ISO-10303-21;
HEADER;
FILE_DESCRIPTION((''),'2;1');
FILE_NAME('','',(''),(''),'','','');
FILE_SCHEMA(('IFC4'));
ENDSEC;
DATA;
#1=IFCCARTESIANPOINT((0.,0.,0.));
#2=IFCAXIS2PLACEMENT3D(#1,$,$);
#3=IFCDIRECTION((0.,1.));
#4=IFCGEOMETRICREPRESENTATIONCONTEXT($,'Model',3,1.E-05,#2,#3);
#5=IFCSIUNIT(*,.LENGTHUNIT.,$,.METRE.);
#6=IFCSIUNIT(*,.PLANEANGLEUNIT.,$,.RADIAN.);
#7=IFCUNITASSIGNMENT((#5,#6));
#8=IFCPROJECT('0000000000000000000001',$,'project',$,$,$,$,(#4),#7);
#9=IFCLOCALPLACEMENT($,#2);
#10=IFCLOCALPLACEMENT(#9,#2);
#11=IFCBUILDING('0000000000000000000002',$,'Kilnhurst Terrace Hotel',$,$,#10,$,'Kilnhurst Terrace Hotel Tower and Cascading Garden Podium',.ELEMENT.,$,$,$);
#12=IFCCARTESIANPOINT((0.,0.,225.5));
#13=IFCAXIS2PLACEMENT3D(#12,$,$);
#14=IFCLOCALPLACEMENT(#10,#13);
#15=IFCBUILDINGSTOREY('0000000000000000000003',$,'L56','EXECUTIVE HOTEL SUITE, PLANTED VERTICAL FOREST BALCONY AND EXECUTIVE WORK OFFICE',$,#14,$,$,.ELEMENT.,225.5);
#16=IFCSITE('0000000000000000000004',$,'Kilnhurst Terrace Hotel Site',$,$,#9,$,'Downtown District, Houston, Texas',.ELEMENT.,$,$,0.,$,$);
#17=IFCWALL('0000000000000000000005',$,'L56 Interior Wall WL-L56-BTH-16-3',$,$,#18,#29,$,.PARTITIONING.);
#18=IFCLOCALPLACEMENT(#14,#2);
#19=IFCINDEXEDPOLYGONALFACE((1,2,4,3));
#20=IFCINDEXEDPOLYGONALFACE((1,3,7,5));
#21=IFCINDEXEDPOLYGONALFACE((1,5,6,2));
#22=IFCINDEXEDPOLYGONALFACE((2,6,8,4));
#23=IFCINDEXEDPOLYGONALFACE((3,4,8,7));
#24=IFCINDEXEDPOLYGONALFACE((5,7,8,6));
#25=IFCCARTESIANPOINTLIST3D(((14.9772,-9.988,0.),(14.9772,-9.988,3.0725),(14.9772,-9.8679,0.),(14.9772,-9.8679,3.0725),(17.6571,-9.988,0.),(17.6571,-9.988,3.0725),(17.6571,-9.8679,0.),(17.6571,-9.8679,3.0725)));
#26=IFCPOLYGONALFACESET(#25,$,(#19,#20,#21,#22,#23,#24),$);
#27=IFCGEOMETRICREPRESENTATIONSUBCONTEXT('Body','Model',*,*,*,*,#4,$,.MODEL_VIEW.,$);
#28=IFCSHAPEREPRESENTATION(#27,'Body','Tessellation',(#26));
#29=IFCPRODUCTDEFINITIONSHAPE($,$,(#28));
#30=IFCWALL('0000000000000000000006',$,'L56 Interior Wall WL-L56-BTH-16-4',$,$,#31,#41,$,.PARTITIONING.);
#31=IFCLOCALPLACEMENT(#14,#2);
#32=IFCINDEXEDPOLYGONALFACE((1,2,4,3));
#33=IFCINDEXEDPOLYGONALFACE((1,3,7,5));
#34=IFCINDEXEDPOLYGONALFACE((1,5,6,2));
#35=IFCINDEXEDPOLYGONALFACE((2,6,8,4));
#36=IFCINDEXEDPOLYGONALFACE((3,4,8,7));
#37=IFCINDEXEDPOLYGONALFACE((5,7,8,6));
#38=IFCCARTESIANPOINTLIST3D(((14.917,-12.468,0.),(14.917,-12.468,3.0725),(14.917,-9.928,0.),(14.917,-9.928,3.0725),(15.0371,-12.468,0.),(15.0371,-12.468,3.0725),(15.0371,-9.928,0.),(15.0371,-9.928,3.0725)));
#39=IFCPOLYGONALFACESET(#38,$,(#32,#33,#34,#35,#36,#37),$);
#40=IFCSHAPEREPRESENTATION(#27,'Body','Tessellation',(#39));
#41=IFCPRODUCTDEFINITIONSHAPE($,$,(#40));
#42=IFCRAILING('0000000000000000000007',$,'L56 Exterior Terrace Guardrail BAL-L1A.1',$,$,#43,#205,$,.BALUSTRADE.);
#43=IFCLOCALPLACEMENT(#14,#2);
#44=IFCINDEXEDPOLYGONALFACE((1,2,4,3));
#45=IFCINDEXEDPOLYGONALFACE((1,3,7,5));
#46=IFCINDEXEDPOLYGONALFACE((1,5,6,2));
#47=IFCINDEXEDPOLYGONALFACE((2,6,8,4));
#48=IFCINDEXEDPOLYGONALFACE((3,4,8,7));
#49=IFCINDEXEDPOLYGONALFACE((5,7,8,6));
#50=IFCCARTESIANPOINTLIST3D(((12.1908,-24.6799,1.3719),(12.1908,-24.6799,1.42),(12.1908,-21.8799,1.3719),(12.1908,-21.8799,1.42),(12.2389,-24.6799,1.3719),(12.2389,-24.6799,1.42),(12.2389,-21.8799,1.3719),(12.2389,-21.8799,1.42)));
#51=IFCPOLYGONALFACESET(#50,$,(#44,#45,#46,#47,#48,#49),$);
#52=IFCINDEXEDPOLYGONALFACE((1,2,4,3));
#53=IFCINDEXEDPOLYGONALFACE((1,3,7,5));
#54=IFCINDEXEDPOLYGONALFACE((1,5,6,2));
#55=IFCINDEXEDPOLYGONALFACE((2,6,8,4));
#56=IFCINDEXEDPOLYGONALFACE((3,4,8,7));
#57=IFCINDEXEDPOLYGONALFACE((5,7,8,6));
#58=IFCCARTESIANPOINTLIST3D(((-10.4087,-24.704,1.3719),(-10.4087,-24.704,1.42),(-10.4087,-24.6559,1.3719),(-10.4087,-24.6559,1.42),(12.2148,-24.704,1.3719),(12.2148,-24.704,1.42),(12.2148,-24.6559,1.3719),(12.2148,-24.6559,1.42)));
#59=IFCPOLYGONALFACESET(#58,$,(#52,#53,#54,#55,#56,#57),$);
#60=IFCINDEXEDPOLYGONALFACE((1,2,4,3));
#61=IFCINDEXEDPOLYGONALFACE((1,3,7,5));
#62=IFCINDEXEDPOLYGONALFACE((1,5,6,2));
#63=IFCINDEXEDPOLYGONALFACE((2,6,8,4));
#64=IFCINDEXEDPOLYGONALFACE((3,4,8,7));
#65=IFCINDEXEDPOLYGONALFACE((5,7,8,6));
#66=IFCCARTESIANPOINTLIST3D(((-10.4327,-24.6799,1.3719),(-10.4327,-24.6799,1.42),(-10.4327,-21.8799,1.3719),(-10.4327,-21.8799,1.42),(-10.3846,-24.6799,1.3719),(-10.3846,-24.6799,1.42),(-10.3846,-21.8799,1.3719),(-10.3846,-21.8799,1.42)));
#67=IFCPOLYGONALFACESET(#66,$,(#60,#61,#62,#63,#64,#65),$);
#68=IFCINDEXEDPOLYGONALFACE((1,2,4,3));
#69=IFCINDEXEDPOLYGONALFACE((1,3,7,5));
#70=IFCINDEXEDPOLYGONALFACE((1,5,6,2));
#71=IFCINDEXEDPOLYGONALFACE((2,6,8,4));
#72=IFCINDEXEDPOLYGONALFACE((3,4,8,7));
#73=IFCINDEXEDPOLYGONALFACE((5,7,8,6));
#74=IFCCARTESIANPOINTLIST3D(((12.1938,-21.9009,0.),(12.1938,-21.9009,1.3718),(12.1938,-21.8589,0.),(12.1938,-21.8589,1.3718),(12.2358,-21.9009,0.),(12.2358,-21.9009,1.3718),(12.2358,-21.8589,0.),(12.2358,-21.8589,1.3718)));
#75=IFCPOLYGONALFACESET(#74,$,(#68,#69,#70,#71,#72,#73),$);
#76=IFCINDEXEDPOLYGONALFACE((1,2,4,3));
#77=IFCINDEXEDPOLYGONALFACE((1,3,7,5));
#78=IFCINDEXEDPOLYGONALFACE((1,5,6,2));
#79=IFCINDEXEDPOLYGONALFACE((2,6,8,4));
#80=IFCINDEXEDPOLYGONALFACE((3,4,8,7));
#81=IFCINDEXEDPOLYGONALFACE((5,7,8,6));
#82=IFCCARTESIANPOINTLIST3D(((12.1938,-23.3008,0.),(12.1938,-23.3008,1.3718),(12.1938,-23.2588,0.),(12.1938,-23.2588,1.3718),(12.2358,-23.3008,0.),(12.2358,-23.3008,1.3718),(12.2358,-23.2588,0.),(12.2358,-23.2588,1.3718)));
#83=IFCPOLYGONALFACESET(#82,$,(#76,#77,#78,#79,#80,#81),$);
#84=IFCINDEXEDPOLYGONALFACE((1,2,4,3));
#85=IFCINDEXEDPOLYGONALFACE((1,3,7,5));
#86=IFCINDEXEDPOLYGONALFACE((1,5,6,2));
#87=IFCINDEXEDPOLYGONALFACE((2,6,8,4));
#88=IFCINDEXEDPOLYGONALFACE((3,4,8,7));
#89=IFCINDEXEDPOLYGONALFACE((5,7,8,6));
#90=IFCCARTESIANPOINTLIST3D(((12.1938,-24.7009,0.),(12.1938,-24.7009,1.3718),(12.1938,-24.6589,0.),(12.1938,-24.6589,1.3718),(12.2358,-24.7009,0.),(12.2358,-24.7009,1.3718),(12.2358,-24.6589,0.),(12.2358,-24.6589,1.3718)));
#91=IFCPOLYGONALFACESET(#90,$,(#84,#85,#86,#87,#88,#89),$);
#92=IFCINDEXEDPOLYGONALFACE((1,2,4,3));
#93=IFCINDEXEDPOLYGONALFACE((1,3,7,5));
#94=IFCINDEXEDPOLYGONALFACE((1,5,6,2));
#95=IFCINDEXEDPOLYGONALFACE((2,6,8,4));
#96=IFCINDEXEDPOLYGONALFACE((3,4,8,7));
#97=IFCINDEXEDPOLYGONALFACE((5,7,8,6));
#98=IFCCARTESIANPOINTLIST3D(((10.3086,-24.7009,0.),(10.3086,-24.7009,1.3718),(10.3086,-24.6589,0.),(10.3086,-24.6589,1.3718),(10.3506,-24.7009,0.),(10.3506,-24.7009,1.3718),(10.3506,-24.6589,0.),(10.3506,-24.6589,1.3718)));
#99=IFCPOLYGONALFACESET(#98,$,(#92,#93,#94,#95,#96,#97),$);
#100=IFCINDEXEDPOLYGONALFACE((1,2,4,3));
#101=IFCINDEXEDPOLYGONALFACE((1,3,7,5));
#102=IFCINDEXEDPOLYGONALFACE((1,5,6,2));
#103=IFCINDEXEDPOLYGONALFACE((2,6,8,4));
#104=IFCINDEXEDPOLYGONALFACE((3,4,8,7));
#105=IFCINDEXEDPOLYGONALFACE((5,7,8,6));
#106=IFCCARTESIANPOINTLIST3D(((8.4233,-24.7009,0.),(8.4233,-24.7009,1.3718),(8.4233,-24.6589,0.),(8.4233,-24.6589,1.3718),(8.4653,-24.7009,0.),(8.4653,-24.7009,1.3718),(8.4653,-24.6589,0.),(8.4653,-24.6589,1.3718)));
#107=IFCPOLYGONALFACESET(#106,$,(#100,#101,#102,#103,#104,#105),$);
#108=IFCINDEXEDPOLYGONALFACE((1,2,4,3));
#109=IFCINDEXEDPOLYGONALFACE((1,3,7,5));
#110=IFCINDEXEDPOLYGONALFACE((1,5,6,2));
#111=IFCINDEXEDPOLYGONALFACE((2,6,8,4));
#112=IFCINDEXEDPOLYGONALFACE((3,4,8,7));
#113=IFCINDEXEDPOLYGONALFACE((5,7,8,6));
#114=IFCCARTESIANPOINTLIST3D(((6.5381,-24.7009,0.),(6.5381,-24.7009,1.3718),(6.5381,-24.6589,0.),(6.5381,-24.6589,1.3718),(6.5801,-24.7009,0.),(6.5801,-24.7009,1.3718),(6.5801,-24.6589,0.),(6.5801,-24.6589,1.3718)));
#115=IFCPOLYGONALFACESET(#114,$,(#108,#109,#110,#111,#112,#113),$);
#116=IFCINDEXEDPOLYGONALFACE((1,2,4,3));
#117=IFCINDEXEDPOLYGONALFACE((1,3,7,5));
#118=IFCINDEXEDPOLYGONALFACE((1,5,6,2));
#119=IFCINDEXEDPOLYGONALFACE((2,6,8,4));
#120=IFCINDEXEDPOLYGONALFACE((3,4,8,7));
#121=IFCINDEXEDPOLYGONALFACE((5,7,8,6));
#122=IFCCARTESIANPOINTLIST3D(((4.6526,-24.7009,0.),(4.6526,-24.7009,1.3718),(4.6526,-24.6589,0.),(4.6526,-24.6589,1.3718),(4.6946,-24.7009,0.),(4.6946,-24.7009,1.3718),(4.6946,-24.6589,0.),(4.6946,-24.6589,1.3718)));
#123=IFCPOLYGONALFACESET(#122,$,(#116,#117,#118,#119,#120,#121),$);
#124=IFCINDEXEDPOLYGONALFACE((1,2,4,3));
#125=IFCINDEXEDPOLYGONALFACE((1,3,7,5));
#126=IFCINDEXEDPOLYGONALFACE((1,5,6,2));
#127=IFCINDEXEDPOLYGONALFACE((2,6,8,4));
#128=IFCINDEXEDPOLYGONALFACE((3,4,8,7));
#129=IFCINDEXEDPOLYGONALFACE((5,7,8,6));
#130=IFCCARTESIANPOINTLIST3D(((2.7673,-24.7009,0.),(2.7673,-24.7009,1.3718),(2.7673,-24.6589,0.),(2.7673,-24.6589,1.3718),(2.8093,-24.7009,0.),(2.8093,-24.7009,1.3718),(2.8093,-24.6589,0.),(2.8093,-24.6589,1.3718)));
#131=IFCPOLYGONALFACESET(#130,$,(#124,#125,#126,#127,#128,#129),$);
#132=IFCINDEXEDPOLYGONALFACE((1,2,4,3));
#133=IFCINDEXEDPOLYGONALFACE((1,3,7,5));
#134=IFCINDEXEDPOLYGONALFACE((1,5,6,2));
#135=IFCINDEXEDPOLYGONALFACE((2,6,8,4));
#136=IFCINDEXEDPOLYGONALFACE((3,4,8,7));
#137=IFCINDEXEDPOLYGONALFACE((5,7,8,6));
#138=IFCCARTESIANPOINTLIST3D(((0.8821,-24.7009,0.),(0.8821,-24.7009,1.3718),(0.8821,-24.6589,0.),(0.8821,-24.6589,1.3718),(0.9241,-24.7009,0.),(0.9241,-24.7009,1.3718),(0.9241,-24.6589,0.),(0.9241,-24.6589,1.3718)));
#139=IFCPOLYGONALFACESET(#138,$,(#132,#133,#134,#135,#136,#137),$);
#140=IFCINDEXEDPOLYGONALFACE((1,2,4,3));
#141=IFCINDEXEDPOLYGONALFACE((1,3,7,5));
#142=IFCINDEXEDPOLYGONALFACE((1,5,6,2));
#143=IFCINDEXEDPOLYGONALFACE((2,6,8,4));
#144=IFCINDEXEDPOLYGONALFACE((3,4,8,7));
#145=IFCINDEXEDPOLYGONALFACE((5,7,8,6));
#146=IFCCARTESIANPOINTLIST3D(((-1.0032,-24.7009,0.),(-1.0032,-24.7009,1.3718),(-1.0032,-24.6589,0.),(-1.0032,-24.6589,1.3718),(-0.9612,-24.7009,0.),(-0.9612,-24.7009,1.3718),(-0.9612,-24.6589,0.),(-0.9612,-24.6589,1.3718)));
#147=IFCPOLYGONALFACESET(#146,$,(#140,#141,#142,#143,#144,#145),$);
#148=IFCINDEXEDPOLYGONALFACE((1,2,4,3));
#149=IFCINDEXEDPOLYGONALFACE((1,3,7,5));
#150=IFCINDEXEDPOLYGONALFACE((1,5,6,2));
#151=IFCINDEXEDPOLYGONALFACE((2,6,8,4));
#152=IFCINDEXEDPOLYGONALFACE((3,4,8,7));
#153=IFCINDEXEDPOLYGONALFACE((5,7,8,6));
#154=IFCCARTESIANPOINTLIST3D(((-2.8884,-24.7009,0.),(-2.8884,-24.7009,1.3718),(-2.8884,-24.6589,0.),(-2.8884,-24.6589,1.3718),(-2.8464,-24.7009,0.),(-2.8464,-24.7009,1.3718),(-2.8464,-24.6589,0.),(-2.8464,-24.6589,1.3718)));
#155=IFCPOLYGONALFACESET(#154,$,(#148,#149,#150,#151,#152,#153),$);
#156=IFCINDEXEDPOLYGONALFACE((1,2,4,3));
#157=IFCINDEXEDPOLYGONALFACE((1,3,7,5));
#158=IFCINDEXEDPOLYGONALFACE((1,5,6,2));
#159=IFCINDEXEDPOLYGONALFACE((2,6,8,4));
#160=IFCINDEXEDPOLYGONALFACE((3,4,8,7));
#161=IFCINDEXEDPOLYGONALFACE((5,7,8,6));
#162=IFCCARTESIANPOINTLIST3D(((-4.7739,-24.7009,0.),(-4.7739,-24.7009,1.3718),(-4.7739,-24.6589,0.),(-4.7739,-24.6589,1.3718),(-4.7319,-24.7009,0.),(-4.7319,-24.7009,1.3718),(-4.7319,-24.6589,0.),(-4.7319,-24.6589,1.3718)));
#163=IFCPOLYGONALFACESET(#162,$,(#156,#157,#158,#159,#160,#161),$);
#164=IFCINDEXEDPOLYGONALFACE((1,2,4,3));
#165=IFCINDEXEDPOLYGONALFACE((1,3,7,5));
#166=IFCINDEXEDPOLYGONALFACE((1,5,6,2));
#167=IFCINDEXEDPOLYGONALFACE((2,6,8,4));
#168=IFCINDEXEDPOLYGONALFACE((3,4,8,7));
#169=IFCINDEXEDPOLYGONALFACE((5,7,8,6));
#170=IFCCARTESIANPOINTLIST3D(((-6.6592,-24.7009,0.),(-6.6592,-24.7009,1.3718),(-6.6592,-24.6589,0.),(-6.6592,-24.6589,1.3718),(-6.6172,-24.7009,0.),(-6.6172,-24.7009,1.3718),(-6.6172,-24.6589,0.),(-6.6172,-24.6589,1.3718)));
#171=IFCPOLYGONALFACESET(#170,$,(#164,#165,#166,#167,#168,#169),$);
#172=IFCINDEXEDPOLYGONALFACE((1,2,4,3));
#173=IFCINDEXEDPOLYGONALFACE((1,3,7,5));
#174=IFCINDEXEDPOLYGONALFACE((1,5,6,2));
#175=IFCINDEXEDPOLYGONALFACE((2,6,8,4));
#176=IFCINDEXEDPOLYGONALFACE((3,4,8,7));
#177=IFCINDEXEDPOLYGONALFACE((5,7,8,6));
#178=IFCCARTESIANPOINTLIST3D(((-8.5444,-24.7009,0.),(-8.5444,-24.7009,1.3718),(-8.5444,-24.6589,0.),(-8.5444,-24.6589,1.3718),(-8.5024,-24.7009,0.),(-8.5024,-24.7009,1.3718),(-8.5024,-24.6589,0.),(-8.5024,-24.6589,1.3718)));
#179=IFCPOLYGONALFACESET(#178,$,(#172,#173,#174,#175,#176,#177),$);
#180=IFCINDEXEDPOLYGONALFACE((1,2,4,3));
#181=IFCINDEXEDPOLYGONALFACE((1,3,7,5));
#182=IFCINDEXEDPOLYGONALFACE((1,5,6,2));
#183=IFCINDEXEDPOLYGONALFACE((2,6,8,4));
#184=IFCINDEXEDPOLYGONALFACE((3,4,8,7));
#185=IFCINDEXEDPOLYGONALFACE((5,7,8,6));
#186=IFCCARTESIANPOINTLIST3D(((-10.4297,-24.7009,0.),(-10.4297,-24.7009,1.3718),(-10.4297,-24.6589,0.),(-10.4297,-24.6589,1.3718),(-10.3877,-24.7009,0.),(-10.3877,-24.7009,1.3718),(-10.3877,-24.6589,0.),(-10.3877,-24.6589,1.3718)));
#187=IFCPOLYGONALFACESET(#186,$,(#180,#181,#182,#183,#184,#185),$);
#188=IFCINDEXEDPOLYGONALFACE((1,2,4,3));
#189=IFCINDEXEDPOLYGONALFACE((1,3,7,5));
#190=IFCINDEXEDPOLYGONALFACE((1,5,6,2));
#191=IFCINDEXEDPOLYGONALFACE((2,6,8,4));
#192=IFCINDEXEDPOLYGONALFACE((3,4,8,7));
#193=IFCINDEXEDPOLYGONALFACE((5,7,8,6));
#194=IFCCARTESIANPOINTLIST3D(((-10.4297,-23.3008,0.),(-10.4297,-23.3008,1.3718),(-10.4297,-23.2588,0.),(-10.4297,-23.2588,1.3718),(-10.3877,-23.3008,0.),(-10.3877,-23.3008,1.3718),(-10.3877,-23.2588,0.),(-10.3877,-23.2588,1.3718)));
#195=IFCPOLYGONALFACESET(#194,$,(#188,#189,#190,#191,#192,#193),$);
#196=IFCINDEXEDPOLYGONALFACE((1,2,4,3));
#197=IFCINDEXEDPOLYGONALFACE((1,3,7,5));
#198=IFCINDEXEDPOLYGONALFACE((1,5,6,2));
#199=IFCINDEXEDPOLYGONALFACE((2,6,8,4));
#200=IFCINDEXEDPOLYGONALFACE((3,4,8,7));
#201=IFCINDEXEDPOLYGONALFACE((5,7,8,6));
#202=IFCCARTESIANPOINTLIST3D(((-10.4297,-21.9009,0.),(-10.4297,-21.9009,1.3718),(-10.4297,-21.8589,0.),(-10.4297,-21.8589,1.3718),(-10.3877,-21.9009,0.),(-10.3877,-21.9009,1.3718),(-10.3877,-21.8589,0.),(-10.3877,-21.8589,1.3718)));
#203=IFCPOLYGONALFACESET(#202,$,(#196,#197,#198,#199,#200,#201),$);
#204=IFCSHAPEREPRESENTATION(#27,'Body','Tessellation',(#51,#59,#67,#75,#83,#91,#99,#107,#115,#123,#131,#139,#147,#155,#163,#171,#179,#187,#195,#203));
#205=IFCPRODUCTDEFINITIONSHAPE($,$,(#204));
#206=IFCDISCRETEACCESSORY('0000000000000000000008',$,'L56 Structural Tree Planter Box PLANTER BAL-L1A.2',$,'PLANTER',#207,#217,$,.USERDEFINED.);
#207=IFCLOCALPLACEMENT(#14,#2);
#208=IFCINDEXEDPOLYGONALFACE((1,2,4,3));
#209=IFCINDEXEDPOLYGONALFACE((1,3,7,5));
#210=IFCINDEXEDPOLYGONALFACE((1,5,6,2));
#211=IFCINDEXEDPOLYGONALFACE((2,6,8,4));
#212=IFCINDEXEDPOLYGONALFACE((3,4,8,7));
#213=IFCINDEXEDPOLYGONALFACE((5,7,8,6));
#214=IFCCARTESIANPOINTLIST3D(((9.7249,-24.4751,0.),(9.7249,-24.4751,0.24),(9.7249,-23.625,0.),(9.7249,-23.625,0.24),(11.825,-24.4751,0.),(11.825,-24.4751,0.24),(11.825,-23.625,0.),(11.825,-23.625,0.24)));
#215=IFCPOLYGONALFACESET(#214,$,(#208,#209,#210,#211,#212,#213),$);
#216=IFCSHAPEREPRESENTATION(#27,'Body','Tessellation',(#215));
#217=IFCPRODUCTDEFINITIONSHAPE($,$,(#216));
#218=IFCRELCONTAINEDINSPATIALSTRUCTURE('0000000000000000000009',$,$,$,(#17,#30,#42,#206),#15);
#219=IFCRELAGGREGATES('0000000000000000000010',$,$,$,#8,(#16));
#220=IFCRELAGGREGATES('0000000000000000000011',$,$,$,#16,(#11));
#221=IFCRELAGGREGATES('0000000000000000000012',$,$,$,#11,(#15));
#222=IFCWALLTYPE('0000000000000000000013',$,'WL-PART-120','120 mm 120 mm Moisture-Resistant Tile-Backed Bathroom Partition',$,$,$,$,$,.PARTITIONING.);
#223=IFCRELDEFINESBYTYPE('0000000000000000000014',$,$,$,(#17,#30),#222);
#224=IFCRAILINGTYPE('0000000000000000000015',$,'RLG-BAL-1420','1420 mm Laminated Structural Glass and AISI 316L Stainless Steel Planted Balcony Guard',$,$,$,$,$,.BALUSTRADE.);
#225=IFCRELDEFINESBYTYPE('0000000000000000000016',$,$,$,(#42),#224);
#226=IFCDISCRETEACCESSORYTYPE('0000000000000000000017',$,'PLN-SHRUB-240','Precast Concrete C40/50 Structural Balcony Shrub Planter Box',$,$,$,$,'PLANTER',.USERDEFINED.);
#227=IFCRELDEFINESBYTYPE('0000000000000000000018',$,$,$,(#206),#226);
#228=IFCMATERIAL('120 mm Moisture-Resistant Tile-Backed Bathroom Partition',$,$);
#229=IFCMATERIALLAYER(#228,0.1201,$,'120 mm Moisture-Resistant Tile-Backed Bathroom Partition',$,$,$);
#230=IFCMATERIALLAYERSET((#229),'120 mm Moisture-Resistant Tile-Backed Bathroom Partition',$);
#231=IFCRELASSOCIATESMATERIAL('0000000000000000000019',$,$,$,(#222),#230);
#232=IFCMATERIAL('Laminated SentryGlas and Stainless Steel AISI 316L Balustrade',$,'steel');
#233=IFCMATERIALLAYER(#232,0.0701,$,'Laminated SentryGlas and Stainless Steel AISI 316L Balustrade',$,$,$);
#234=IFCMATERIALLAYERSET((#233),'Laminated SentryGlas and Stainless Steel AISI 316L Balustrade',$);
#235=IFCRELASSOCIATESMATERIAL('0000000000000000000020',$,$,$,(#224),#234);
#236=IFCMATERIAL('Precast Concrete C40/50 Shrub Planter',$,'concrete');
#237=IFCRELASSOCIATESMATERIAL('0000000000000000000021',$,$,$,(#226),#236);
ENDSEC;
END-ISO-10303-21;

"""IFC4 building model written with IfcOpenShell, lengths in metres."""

from ifc_helpers import new_model, si_unit, direction, frame, frame_2d, origin, origin_2d, place, context, subcontext, project, spatial, rectangle, extrude, material, layer, layer_set, type_object, element, save


model = new_model("IFC4")

# Units and contexts
model_context = context("Model", 3, precision=1e-05, world=origin(), true_north=direction((0.0, 1.0)))
body_context = subcontext(model_context, "Body", "Model", "MODEL_VIEW")
ifc_project = project(units=[si_unit("LENGTHUNIT", "METRE"), si_unit("PLANEANGLEUNIT", "RADIAN")], contexts=[model_context])

# Site, building, storey
site_placement = place(None, origin())
site = spatial("IfcSite", under=ifc_project, at=site_placement, Name="Kilnhurst Terrace Hotel Site", LongName="Downtown District, Houston, Texas", CompositionType="ELEMENT", RefElevation=0.0)
building_placement = place(site_placement, origin())
building = spatial("IfcBuilding", under=site, at=building_placement, Name="Kilnhurst Terrace Hotel", LongName="Kilnhurst Terrace Hotel Tower and Cascading Garden Podium", CompositionType="ELEMENT")
storey_placement = place(building_placement, frame((0.0, 0.0, 225.5)))
storey = spatial("IfcBuildingStorey", under=building, at=storey_placement, Name="L56", Description="EXECUTIVE HOTEL SUITE, PLANTED VERTICAL FOREST BALCONY AND EXECUTIVE WORK OFFICE", CompositionType="ELEMENT", Elevation=225.5)

# Shared definitions
ifc_material_1 = material(Name="120 mm Moisture-Resistant Tile-Backed Bathroom Partition")
ifc_layer_1 = layer(ifc_material_1, 0.1201, Name="120 mm Moisture-Resistant Tile-Backed Bathroom Partition")
ifc_layer_set_1 = layer_set([ifc_layer_1], Name="120 mm Moisture-Resistant Tile-Backed Bathroom Partition")
wall_type_1 = type_object("IfcWallType", Name="WL-PART-120", Description="120 mm 120 mm Moisture-Resistant Tile-Backed Bathroom Partition", PredefinedType="PARTITIONING", material=ifc_layer_set_1)

# Walls
wall_1_placement = place(storey_placement, frame((17.657, -9.928, 0.0), z_axis=(0.0, 0.0, 1.0), x_axis=(-1.0, 0.0, 0.0)))
element("IfcWall", 1, at=wall_1_placement, inside=storey, type_object=wall_type_1, Name="L56 Interior Wall WL-L56-BTH-16-3", PredefinedType="PARTITIONING", context=body_context, shape_type="SweptSolid", body=[
    extrude(rectangle(XDim=2.6799, YDim=0.1201, at=frame_2d((1.3398, 0.0))), origin(), (0.0, 0.0, 1.0), 3.0725),
])
wall_2_placement = place(storey_placement, frame((14.9771, -9.928, 0.0), z_axis=(0.0, 0.0, 1.0), x_axis=(0.0, -1.0, 0.0)))
element("IfcWall", 2, at=wall_2_placement, inside=storey, type_object=wall_type_1, Name="L56 Interior Wall WL-L56-BTH-16-4", PredefinedType="PARTITIONING", context=body_context, shape_type="SweptSolid", body=[
    extrude(rectangle(XDim=2.54, YDim=0.1201, at=frame_2d((1.27, 0.0))), origin(), (0.0, 0.0, 1.0), 3.0725),
])

# Railing
ifc_material_2 = material(Name="Laminated SentryGlas and Stainless Steel AISI 316L Balustrade", Category="steel")
ifc_layer_2 = layer(ifc_material_2, 0.0701, Name="Laminated SentryGlas and Stainless Steel AISI 316L Balustrade")
ifc_layer_set_2 = layer_set([ifc_layer_2], Name="Laminated SentryGlas and Stainless Steel AISI 316L Balustrade")
railing_type = type_object("IfcRailingType", Name="RLG-BAL-1420", Description="1420 mm Laminated Structural Glass and AISI 316L Stainless Steel Planted Balcony Guard", PredefinedType="BALUSTRADE", material=ifc_layer_set_2)
railing_placement = place(storey_placement, frame((12.2148, -21.8799, 0.0)))
element("IfcRailing", 3, at=railing_placement, inside=storey, type_object=railing_type, Name="L56 Exterior Terrace Guardrail BAL-L1A.1", PredefinedType="BALUSTRADE", context=body_context, shape_type="SweptSolid", body=[
    extrude(rectangle(XDim=0.0481, YDim=0.0481, at=origin_2d()), frame((0.0, 0.0, 1.396), z_axis=(0.0, -1.0, 0.0), x_axis=(1.0, 0.0, 0.0)), (0.0, 0.0, 1.0), 2.8),
    extrude(rectangle(XDim=0.0481, YDim=0.0481, at=origin_2d()), frame((0.0, -2.8, 1.396), z_axis=(-1.0, 0.0, 0.0), x_axis=(0.0, -1.0, 0.0)), (0.0, 0.0, 1.0), 22.6235),
    extrude(rectangle(XDim=0.0481, YDim=0.0481, at=origin_2d()), frame((-22.6235, -2.8, 1.396), z_axis=(0.0, 1.0, 0.0), x_axis=(-1.0, 0.0, 0.0)), (0.0, 0.0, 1.0), 2.8),
    extrude(rectangle(XDim=0.042, YDim=0.042, at=origin_2d()), origin(), (0.0, 0.0, 1.0), 1.3718),
    extrude(rectangle(XDim=0.042, YDim=0.042, at=origin_2d()), frame((0.0, -1.3999, 0.0)), (0.0, 0.0, 1.0), 1.3718),
    extrude(rectangle(XDim=0.042, YDim=0.042, at=origin_2d()), frame((0.0, -2.8, 0.0)), (0.0, 0.0, 1.0), 1.3718),
    extrude(rectangle(XDim=0.042, YDim=0.042, at=origin_2d()), frame((-1.8853, -2.8, 0.0)), (0.0, 0.0, 1.0), 1.3718),
    extrude(rectangle(XDim=0.042, YDim=0.042, at=origin_2d()), frame((-3.7705, -2.8, 0.0)), (0.0, 0.0, 1.0), 1.3718),
    extrude(rectangle(XDim=0.042, YDim=0.042, at=origin_2d()), frame((-5.6558, -2.8, 0.0)), (0.0, 0.0, 1.0), 1.3718),
    extrude(rectangle(XDim=0.042, YDim=0.042, at=origin_2d()), frame((-7.5413, -2.8, 0.0)), (0.0, 0.0, 1.0), 1.3718),
    extrude(rectangle(XDim=0.042, YDim=0.042, at=origin_2d()), frame((-9.4265, -2.8, 0.0)), (0.0, 0.0, 1.0), 1.3718),
    extrude(rectangle(XDim=0.042, YDim=0.042, at=origin_2d()), frame((-11.3118, -2.8, 0.0)), (0.0, 0.0, 1.0), 1.3718),
    extrude(rectangle(XDim=0.042, YDim=0.042, at=origin_2d()), frame((-13.197, -2.8, 0.0)), (0.0, 0.0, 1.0), 1.3718),
    extrude(rectangle(XDim=0.042, YDim=0.042, at=origin_2d()), frame((-15.0823, -2.8, 0.0)), (0.0, 0.0, 1.0), 1.3718),
    extrude(rectangle(XDim=0.042, YDim=0.042, at=origin_2d()), frame((-16.9678, -2.8, 0.0)), (0.0, 0.0, 1.0), 1.3718),
    extrude(rectangle(XDim=0.042, YDim=0.042, at=origin_2d()), frame((-18.853, -2.8, 0.0)), (0.0, 0.0, 1.0), 1.3718),
    extrude(rectangle(XDim=0.042, YDim=0.042, at=origin_2d()), frame((-20.7383, -2.8, 0.0)), (0.0, 0.0, 1.0), 1.3718),
    extrude(rectangle(XDim=0.042, YDim=0.042, at=origin_2d()), frame((-22.6235, -2.8, 0.0)), (0.0, 0.0, 1.0), 1.3718),
    extrude(rectangle(XDim=0.042, YDim=0.042, at=origin_2d()), frame((-22.6235, -1.3999, 0.0)), (0.0, 0.0, 1.0), 1.3718),
    extrude(rectangle(XDim=0.042, YDim=0.042, at=origin_2d()), frame((-22.6235, 0.0, 0.0)), (0.0, 0.0, 1.0), 1.3718),
])

# Discrete accessory
ifc_material_3 = material(Name="Precast Concrete C40/50 Shrub Planter", Category="concrete")
discrete_accessory_type_1 = type_object("IfcDiscreteAccessoryType", Name="PLN-SHRUB-240", Description="Precast Concrete C40/50 Structural Balcony Shrub Planter Box", ElementType="PLANTER", PredefinedType="USERDEFINED", material=ifc_material_3)
discrete_accessory_1_placement = place(storey_placement, frame((10.7749, -24.05, 0.0), z_axis=(0.0, 0.0, 1.0), x_axis=(1.0, 0.0, 0.0)))
element("IfcDiscreteAccessory", 4, at=discrete_accessory_1_placement, inside=storey, type_object=discrete_accessory_type_1, Name="L56 Structural Tree Planter Box PLANTER BAL-L1A.2", ObjectType="PLANTER", PredefinedType="USERDEFINED", context=body_context, shape_type="SweptSolid", body=[
    extrude(rectangle(XDim=2.1001, YDim=0.8501, at=origin_2d()), origin(), (0.0, 0.0, 1.0), 0.24),
])

save(model, "model.ifc")
